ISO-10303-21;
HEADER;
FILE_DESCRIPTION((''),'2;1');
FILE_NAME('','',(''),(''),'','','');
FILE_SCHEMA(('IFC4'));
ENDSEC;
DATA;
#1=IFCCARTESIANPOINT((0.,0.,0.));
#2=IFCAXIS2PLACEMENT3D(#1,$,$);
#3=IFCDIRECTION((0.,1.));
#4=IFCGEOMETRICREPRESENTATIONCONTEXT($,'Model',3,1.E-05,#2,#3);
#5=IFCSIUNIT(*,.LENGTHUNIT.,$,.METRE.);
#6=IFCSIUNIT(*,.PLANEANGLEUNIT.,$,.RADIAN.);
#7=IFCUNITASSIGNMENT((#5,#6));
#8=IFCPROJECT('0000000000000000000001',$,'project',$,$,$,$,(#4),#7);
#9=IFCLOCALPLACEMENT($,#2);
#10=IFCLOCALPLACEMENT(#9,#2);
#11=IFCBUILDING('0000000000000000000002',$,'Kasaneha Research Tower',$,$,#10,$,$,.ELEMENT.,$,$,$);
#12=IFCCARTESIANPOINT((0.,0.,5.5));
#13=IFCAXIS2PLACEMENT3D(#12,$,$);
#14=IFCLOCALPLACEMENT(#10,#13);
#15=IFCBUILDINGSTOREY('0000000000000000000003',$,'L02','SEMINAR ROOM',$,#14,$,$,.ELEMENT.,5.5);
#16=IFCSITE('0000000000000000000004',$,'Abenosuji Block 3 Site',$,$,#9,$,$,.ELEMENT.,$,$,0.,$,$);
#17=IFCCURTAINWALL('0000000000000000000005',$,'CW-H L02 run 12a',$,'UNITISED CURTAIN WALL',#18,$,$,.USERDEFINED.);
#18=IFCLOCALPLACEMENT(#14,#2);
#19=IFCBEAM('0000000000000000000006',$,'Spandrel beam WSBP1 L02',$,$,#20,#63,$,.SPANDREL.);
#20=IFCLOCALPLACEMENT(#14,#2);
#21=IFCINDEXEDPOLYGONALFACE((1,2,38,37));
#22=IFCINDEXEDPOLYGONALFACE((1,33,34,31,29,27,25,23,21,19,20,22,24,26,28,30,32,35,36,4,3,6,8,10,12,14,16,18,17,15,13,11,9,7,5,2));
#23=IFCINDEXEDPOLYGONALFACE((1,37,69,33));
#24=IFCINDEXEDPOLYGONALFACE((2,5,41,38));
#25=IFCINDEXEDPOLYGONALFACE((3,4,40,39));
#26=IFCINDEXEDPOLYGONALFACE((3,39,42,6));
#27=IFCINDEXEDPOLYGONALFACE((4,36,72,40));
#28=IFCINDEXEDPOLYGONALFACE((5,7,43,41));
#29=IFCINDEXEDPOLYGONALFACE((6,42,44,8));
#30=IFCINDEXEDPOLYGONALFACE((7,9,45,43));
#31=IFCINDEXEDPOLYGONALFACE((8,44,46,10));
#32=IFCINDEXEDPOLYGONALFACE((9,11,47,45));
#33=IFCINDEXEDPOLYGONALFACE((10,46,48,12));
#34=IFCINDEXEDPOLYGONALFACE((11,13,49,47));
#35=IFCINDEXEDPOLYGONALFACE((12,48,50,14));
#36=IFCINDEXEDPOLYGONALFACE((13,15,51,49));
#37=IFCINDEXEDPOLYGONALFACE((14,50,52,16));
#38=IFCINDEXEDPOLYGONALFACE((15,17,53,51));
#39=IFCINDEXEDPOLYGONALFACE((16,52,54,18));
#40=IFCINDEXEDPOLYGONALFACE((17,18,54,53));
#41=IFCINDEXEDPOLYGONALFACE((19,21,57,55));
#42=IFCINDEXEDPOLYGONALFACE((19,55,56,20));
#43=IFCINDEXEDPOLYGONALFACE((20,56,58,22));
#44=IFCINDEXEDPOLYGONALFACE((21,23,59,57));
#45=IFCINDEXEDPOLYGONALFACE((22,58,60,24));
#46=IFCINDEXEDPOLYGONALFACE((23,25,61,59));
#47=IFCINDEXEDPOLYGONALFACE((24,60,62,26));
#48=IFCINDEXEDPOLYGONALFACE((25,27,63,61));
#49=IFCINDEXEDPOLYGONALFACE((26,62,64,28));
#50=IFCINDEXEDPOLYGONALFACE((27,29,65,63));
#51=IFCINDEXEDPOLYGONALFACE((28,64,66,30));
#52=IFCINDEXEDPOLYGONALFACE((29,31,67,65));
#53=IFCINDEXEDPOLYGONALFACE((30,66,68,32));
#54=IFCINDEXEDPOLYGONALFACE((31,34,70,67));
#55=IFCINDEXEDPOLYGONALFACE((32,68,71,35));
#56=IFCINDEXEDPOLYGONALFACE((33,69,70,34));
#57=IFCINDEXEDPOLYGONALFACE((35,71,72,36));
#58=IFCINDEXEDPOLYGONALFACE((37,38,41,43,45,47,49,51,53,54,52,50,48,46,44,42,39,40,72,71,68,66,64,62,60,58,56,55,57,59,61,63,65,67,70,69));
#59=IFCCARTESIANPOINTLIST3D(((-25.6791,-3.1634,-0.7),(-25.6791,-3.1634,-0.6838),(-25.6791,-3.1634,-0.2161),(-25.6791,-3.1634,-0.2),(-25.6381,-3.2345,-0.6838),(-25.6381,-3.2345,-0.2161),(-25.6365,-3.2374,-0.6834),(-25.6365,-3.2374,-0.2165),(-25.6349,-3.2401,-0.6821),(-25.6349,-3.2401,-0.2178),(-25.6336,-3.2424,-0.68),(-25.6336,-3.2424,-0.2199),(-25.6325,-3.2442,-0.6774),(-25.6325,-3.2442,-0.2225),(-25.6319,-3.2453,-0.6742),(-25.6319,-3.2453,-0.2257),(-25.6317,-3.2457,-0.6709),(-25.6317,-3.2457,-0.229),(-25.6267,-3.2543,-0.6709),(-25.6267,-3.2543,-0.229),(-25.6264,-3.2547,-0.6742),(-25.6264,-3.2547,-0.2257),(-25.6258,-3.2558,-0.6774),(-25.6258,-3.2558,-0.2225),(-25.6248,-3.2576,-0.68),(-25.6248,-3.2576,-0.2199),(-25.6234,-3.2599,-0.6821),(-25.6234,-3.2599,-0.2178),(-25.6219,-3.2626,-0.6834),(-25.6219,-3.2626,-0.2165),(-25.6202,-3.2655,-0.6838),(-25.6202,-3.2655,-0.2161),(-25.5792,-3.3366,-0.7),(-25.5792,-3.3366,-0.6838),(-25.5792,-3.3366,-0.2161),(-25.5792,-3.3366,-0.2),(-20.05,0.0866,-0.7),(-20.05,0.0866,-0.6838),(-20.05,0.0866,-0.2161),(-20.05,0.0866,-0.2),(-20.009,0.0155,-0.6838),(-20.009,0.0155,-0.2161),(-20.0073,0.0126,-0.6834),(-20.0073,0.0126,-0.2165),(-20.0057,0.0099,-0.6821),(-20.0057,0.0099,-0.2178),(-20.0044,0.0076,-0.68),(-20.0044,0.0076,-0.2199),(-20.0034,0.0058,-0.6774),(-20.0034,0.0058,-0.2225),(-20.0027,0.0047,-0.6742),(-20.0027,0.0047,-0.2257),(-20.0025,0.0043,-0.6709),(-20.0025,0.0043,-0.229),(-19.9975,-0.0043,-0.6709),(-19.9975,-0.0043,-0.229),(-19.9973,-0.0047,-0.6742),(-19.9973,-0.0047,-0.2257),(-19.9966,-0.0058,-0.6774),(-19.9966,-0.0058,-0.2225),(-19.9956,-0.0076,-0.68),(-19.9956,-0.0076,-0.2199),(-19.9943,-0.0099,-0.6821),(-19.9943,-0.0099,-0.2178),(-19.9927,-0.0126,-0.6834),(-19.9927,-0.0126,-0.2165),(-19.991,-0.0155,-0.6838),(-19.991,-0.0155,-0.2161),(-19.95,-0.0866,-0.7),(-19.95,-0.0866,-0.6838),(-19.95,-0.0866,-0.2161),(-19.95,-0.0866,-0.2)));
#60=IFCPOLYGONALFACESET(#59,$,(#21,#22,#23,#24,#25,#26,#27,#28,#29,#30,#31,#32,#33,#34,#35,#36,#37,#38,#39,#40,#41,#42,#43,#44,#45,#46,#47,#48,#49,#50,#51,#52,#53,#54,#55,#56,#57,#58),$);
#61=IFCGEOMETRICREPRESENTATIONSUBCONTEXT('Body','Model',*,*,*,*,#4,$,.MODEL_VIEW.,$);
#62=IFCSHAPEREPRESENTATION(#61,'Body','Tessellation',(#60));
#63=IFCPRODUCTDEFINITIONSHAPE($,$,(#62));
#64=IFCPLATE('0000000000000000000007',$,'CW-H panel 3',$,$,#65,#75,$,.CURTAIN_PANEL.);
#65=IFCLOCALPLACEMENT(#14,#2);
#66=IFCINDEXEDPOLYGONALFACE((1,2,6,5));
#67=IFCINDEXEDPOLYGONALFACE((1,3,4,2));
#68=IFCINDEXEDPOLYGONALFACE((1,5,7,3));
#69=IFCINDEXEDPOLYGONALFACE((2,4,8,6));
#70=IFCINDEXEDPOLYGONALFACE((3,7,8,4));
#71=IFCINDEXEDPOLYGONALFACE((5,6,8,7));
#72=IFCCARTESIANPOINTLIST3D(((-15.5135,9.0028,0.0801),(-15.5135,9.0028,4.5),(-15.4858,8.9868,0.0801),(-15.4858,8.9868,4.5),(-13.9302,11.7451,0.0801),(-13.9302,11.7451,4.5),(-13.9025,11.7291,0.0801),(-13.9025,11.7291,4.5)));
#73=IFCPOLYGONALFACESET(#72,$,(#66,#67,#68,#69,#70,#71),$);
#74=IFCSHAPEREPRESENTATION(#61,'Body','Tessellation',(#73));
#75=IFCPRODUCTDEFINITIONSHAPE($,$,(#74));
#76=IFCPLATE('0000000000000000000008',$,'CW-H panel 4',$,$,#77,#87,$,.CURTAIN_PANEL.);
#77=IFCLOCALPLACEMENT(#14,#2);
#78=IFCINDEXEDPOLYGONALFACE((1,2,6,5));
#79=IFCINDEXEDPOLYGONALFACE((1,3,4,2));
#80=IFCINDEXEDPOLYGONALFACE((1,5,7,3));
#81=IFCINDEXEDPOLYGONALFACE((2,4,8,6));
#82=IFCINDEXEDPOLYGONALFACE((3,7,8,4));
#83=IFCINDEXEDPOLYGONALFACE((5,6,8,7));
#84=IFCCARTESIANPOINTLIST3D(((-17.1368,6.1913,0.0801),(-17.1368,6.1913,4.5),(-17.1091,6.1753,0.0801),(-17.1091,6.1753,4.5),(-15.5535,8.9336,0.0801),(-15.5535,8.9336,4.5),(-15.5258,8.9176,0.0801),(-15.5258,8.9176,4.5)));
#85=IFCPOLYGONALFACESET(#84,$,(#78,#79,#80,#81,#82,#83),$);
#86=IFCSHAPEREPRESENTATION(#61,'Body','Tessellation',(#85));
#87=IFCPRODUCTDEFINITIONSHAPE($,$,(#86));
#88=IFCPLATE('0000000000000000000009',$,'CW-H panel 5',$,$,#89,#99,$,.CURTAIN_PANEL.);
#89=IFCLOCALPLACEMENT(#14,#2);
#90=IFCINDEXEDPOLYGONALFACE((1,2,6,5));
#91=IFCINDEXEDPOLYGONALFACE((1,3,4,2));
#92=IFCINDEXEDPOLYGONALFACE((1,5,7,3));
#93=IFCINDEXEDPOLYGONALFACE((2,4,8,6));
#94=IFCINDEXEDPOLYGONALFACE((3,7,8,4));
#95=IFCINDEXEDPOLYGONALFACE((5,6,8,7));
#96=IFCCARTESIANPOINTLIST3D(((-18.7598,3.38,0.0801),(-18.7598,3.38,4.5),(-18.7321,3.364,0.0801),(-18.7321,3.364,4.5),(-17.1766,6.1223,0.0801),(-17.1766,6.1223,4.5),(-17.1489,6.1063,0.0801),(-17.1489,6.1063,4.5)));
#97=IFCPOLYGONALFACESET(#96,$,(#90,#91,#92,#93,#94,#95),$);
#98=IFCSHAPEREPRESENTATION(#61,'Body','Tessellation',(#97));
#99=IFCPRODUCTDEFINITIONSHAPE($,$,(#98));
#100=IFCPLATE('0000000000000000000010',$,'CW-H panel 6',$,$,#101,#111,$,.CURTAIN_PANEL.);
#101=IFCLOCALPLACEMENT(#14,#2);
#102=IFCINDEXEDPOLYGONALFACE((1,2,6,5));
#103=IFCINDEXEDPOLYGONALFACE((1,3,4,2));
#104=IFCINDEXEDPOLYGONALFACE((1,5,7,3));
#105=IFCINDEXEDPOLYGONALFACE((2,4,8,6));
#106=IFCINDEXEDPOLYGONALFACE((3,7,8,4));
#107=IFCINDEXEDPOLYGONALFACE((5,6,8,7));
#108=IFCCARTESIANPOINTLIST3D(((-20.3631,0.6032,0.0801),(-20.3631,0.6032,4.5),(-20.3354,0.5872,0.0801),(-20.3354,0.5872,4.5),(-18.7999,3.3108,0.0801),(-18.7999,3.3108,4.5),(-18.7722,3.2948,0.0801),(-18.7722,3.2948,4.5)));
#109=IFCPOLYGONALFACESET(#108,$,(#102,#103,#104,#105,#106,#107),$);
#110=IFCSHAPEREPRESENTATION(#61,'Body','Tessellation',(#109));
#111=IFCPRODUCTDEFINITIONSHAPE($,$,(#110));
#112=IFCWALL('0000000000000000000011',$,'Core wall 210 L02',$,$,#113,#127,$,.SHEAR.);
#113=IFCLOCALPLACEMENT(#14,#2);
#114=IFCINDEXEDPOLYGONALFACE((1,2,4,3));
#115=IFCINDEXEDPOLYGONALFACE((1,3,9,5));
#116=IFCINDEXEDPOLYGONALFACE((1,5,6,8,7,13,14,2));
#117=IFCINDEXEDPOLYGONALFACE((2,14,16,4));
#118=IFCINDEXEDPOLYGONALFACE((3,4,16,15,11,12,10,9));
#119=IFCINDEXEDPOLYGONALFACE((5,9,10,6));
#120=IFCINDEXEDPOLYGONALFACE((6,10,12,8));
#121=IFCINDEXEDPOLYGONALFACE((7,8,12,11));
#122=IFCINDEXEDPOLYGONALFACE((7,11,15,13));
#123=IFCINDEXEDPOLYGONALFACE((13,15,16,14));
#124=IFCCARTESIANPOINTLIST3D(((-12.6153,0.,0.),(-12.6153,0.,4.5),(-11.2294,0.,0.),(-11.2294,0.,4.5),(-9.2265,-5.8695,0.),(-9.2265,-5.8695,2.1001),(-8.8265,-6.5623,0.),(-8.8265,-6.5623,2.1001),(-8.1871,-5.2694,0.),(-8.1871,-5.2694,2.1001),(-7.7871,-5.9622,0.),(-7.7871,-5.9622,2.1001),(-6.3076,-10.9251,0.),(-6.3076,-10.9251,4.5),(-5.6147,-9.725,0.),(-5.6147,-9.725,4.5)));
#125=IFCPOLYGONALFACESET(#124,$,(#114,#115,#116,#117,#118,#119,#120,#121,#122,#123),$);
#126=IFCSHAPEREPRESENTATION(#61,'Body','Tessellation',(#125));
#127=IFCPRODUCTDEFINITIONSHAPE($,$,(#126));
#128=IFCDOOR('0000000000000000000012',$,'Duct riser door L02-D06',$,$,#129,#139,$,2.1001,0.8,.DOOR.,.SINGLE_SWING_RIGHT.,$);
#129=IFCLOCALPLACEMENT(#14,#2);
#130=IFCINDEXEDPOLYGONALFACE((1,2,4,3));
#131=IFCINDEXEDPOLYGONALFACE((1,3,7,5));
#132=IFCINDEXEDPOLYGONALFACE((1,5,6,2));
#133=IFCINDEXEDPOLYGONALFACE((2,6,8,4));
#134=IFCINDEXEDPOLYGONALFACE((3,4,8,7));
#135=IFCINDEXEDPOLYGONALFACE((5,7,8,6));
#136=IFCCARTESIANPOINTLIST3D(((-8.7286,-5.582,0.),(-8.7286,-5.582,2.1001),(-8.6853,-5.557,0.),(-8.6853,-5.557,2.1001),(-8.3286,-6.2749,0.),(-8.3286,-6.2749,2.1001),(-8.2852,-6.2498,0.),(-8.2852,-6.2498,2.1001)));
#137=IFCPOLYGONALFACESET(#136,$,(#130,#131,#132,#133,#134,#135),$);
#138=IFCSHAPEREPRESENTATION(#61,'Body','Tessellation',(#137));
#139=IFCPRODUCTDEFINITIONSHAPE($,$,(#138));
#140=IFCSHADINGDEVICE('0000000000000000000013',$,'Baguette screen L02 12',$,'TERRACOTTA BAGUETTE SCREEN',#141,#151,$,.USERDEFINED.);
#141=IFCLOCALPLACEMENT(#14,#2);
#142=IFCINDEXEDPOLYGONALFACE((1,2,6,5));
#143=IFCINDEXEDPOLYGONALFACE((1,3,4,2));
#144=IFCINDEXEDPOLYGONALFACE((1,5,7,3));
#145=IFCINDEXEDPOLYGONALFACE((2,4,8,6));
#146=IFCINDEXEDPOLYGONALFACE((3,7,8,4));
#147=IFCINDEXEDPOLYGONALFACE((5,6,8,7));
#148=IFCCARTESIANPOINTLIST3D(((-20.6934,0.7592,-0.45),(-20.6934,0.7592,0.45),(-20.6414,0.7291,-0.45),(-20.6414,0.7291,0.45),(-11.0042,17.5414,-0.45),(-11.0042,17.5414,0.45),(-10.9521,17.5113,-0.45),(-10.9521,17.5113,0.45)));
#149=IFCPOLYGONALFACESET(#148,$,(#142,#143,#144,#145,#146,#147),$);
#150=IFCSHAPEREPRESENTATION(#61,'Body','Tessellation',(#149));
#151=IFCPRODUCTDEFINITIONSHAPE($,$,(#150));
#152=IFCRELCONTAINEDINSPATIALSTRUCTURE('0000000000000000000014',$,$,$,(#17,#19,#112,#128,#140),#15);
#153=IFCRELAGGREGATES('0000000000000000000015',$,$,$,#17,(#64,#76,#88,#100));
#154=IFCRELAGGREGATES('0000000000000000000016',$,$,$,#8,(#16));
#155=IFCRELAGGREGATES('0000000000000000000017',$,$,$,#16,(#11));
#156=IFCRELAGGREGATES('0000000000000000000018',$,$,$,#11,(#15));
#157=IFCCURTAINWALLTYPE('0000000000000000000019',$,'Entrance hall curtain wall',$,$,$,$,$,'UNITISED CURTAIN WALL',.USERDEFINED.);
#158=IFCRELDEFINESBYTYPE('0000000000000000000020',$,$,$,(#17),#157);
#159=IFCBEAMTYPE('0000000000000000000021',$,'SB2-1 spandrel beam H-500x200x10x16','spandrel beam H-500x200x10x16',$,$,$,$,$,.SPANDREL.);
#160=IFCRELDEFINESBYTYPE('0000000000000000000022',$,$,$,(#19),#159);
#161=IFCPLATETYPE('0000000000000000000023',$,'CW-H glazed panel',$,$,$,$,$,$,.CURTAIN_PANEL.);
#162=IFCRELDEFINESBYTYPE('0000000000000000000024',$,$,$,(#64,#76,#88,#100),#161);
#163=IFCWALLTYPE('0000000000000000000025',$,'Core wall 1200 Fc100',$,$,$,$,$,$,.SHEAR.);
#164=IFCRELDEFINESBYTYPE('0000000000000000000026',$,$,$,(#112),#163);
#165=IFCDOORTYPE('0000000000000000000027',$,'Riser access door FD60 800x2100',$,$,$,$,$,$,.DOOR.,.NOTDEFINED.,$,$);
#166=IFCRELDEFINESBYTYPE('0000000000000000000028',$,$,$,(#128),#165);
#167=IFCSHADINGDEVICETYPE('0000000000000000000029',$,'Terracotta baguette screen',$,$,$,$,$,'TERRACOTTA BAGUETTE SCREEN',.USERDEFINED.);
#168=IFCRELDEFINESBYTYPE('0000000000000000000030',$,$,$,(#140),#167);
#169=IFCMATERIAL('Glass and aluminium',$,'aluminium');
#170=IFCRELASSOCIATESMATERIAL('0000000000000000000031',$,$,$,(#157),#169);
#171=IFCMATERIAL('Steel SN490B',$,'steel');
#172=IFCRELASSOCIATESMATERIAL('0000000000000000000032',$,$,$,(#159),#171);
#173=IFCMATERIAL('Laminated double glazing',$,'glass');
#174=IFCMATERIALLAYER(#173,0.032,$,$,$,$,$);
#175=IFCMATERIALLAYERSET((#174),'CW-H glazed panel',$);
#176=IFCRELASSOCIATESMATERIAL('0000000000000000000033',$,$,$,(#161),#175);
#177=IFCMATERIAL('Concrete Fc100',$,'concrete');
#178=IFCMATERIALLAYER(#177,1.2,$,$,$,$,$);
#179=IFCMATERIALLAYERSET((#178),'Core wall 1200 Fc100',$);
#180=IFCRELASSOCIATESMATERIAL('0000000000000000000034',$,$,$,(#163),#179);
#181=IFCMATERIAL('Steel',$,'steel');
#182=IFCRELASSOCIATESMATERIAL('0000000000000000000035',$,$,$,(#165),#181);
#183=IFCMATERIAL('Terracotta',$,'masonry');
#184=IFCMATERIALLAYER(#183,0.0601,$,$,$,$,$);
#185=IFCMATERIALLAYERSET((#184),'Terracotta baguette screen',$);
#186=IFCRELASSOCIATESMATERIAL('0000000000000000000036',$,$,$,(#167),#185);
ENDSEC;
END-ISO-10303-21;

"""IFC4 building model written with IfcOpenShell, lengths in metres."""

from ifc_helpers import new_model, si_unit, direction, frame, frame_2d, origin, origin_2d, place, context, subcontext, project, spatial, polyline, rectangle, i_section, outline, extrude, material, layer, layer_set, material_profile, profile_set, type_object, element, fill, aggregate, save


model = new_model("IFC4")

# Units and contexts
model_context = context("Model", 3, precision=1e-05, world=origin(), true_north=direction((0.0, 1.0)))
body_context = subcontext(model_context, "Body", "Model", "MODEL_VIEW")
ifc_project = project(units=[si_unit("LENGTHUNIT", "METRE"), si_unit("PLANEANGLEUNIT", "RADIAN")], contexts=[model_context])

# Site, building, storey
site_placement = place(None, origin())
site = spatial("IfcSite", under=ifc_project, at=site_placement, Name="Abenosuji Block 3 Site", CompositionType="ELEMENT", RefElevation=0.0)
building_placement = place(site_placement, origin())
building = spatial("IfcBuilding", under=site, at=building_placement, Name="Kasaneha Research Tower", CompositionType="ELEMENT")
storey_placement = place(building_placement, frame((0.0, 0.0, 5.5)))
storey = spatial("IfcBuildingStorey", under=building, at=storey_placement, Name="L02", Description="SEMINAR ROOM", CompositionType="ELEMENT", Elevation=5.5)

# Curtain wall
ifc_material_1 = material(Name="Glass and aluminium", Category="aluminium")
curtain_wall_type = type_object("IfcCurtainWallType", Name="Entrance hall curtain wall", ElementType="UNITISED CURTAIN WALL", PredefinedType="USERDEFINED", material=ifc_material_1)
curtain_wall_1_placement = place(storey_placement, origin())
curtain_wall_1 = element("IfcCurtainWall", 1, at=curtain_wall_1_placement, inside=storey, type_object=curtain_wall_type, Name="CW-H L02 run 12a", ObjectType="UNITISED CURTAIN WALL", PredefinedType="USERDEFINED")

# Beam
ifc_material_2 = material(Name="Steel SN490B", Category="steel")
ifc_material_profile_1 = material_profile(ifc_material_2, i_section(OverallWidth=0.2, OverallDepth=0.5, WebThickness=0.01, FlangeThickness=0.0161, FilletRadius=0.0129, at=origin_2d()), Name="H-500x200x10x16")
ifc_profile_set_1 = profile_set([ifc_material_profile_1], Name="Steel SN490B")
beam_type_1 = type_object("IfcBeamType", Name="SB2-1 spandrel beam H-500x200x10x16", Description="spandrel beam H-500x200x10x16", PredefinedType="SPANDREL", material=ifc_profile_set_1)
beam_1_placement = place(storey_placement, frame((-20.0, 0.0, -0.45), z_axis=(-0.866025, -0.500001, 0.0), x_axis=(0.500001, -0.866025, 0.0)))
element("IfcBeam", 2, at=beam_1_placement, inside=storey, type_object=beam_type_1, Name="Spandrel beam WSBP1 L02", PredefinedType="SPANDREL", context=body_context, shape_type="SweptSolid", body=[
    extrude(i_section(OverallWidth=0.2, OverallDepth=0.5, WebThickness=0.01, FlangeThickness=0.0161, FilletRadius=0.0129, at=origin_2d()), origin(), (0.0, 0.0, 1.0), 6.5),
])

# Plates
ifc_material_3 = material(Name="Laminated double glazing", Category="glass")
ifc_layer_1 = layer(ifc_material_3, 0.032)
ifc_layer_set_1 = layer_set([ifc_layer_1], Name="CW-H glazed panel")
plate_type = type_object("IfcPlateType", Name="CW-H glazed panel", PredefinedType="CURTAIN_PANEL", material=ifc_layer_set_1)
plate_1_placement = place(storey_placement, frame((-14.708, 10.366, 0.0801), z_axis=(0.0, 0.0, 1.0), x_axis=(-0.5, -0.866025, 0.0)))
plate_1 = element("IfcPlate", 3, at=plate_1_placement, type_object=plate_type, Name="CW-H panel 3", PredefinedType="CURTAIN_PANEL", context=body_context, shape_type="SweptSolid", body=[
    extrude(rectangle(XDim=3.1665, YDim=0.032, at=origin_2d()), origin(), (0.0, 0.0, 1.0), 4.4199),
])
plate_2_placement = place(storey_placement, frame((-16.3313, 7.5544, 0.0801), z_axis=(0.0, 0.0, 1.0), x_axis=(-0.5, -0.866025, 0.0)))
plate_2 = element("IfcPlate", 4, at=plate_2_placement, type_object=plate_type, Name="CW-H panel 4", PredefinedType="CURTAIN_PANEL", context=body_context, shape_type="SweptSolid", body=[
    extrude(rectangle(XDim=3.1665, YDim=0.032, at=origin_2d()), origin(), (0.0, 0.0, 1.0), 4.4199),
])
plate_3_placement = place(storey_placement, frame((-17.9543, 4.7432, 0.0801), z_axis=(0.0, 0.0, 1.0), x_axis=(-0.5, -0.866025, 0.0)))
plate_3 = element("IfcPlate", 5, at=plate_3_placement, type_object=plate_type, Name="CW-H panel 5", PredefinedType="CURTAIN_PANEL", context=body_context, shape_type="SweptSolid", body=[
    extrude(rectangle(XDim=3.1665, YDim=0.032, at=origin_2d()), origin(), (0.0, 0.0, 1.0), 4.4199),
])
plate_4_placement = place(storey_placement, frame((-19.5676, 1.949, 0.0801), z_axis=(0.0, 0.0, 1.0), x_axis=(-0.5, -0.866025, 0.0)))
plate_4 = element("IfcPlate", 6, at=plate_4_placement, type_object=plate_type, Name="CW-H panel 6", PredefinedType="CURTAIN_PANEL", context=body_context, shape_type="SweptSolid", body=[
    extrude(rectangle(XDim=3.1265, YDim=0.032, at=origin_2d()), origin(), (0.0, 0.0, 1.0), 4.4199),
])
aggregate(curtain_wall_1, [plate_1, plate_2, plate_3, plate_4])

# Wall, opening, door
ifc_material_4 = material(Name="Concrete Fc100", Category="concrete")
ifc_layer_2 = layer(ifc_material_4, 1.2)
ifc_layer_set_2 = layer_set([ifc_layer_2], Name="Core wall 1200 Fc100")
wall_type = type_object("IfcWallType", Name="Core wall 1200 Fc100", PredefinedType="SHEAR", material=ifc_layer_set_2)
wall_placement = place(storey_placement, frame((-11.9224, 0.0, 0.0), z_axis=(0.0, 0.0, 1.0), x_axis=(0.500004, -0.866023, 0.0)))
wall = element("IfcWall", 7, at=wall_placement, inside=storey, type_object=wall_type, Name="Core wall 210 L02", PredefinedType="SHEAR", context=body_context, shape_type="SweptSolid", body=[
    extrude(outline(polyline([(-0.3464, -0.6001), (6.4312, -0.6001), (7.2312, -0.6001), (12.2688, -0.6001), (11.5759, 0.6001), (7.2312, 0.6001), (6.4312, 0.6001), (0.3464, 0.6001), (-0.3464, -0.6001)])), origin(), (0.0, 0.0, 1.0), 4.5),
])
opening_placement = place(wall_placement, frame((6.4312, 0.0, 0.0)))
opening = element("IfcOpeningElement", 8, at=opening_placement, cuts=wall, PredefinedType="OPENING", context=body_context, shape_type="SweptSolid", body=[
    extrude(rectangle(XDim=0.8, YDim=2.1001, at=frame_2d((0.3999, 1.05))), frame((0.0, 0.6099, 0.0), z_axis=(0.0, -1.0, 0.0), x_axis=(1.0, 0.0, 0.0)), (0.0, 0.0, 1.0), 1.22),
])
ifc_material_5 = material(Name="Steel", Category="steel")
door_type = type_object("IfcDoorType", Name="Riser access door FD60 800x2100", OperationType="NOTDEFINED", PredefinedType="DOOR", material=ifc_material_5)
door_placement = place(opening_placement, origin())
door = element("IfcDoor", 9, at=door_placement, inside=storey, type_object=door_type, Name="Duct riser door L02-D06", OperationType="SINGLE_SWING_RIGHT", OverallHeight=2.1001, OverallWidth=0.8, PredefinedType="DOOR", context=body_context, shape_type="SweptSolid", body=[
    extrude(rectangle(XDim=0.8, YDim=2.1001, at=frame_2d((0.3999, 1.05))), frame((0.0, 0.0249, 0.0), z_axis=(0.0, -1.0, 0.0), x_axis=(1.0, 0.0, 0.0)), (0.0, 0.0, 1.0), 0.05),
])
fill(opening, door)

# Shading device
ifc_material_6 = material(Name="Terracotta", Category="masonry")
ifc_layer_3 = layer(ifc_material_6, 0.0601)
ifc_layer_set_3 = layer_set([ifc_layer_3], Name="Terracotta baguette screen")
shading_device_type = type_object("IfcShadingDeviceType", Name="Terracotta baguette screen", ElementType="TERRACOTTA BAGUETTE SCREEN", PredefinedType="USERDEFINED", material=ifc_layer_set_3)
shading_device_placement = place(storey_placement, frame((-15.8228, 9.1353, -0.45), z_axis=(0.0, 0.0, 1.0), x_axis=(-0.5, -0.866025, 0.0)))
element("IfcShadingDevice", 10, at=shading_device_placement, inside=storey, type_object=shading_device_type, Name="Baguette screen L02 12", ObjectType="TERRACOTTA BAGUETTE SCREEN", PredefinedType="USERDEFINED", context=body_context, shape_type="SweptSolid", body=[
    extrude(rectangle(XDim=19.3784, YDim=0.0601, at=origin_2d()), origin(), (0.0, 0.0, 1.0), 0.8999),
])

save(model, "model.ifc")
